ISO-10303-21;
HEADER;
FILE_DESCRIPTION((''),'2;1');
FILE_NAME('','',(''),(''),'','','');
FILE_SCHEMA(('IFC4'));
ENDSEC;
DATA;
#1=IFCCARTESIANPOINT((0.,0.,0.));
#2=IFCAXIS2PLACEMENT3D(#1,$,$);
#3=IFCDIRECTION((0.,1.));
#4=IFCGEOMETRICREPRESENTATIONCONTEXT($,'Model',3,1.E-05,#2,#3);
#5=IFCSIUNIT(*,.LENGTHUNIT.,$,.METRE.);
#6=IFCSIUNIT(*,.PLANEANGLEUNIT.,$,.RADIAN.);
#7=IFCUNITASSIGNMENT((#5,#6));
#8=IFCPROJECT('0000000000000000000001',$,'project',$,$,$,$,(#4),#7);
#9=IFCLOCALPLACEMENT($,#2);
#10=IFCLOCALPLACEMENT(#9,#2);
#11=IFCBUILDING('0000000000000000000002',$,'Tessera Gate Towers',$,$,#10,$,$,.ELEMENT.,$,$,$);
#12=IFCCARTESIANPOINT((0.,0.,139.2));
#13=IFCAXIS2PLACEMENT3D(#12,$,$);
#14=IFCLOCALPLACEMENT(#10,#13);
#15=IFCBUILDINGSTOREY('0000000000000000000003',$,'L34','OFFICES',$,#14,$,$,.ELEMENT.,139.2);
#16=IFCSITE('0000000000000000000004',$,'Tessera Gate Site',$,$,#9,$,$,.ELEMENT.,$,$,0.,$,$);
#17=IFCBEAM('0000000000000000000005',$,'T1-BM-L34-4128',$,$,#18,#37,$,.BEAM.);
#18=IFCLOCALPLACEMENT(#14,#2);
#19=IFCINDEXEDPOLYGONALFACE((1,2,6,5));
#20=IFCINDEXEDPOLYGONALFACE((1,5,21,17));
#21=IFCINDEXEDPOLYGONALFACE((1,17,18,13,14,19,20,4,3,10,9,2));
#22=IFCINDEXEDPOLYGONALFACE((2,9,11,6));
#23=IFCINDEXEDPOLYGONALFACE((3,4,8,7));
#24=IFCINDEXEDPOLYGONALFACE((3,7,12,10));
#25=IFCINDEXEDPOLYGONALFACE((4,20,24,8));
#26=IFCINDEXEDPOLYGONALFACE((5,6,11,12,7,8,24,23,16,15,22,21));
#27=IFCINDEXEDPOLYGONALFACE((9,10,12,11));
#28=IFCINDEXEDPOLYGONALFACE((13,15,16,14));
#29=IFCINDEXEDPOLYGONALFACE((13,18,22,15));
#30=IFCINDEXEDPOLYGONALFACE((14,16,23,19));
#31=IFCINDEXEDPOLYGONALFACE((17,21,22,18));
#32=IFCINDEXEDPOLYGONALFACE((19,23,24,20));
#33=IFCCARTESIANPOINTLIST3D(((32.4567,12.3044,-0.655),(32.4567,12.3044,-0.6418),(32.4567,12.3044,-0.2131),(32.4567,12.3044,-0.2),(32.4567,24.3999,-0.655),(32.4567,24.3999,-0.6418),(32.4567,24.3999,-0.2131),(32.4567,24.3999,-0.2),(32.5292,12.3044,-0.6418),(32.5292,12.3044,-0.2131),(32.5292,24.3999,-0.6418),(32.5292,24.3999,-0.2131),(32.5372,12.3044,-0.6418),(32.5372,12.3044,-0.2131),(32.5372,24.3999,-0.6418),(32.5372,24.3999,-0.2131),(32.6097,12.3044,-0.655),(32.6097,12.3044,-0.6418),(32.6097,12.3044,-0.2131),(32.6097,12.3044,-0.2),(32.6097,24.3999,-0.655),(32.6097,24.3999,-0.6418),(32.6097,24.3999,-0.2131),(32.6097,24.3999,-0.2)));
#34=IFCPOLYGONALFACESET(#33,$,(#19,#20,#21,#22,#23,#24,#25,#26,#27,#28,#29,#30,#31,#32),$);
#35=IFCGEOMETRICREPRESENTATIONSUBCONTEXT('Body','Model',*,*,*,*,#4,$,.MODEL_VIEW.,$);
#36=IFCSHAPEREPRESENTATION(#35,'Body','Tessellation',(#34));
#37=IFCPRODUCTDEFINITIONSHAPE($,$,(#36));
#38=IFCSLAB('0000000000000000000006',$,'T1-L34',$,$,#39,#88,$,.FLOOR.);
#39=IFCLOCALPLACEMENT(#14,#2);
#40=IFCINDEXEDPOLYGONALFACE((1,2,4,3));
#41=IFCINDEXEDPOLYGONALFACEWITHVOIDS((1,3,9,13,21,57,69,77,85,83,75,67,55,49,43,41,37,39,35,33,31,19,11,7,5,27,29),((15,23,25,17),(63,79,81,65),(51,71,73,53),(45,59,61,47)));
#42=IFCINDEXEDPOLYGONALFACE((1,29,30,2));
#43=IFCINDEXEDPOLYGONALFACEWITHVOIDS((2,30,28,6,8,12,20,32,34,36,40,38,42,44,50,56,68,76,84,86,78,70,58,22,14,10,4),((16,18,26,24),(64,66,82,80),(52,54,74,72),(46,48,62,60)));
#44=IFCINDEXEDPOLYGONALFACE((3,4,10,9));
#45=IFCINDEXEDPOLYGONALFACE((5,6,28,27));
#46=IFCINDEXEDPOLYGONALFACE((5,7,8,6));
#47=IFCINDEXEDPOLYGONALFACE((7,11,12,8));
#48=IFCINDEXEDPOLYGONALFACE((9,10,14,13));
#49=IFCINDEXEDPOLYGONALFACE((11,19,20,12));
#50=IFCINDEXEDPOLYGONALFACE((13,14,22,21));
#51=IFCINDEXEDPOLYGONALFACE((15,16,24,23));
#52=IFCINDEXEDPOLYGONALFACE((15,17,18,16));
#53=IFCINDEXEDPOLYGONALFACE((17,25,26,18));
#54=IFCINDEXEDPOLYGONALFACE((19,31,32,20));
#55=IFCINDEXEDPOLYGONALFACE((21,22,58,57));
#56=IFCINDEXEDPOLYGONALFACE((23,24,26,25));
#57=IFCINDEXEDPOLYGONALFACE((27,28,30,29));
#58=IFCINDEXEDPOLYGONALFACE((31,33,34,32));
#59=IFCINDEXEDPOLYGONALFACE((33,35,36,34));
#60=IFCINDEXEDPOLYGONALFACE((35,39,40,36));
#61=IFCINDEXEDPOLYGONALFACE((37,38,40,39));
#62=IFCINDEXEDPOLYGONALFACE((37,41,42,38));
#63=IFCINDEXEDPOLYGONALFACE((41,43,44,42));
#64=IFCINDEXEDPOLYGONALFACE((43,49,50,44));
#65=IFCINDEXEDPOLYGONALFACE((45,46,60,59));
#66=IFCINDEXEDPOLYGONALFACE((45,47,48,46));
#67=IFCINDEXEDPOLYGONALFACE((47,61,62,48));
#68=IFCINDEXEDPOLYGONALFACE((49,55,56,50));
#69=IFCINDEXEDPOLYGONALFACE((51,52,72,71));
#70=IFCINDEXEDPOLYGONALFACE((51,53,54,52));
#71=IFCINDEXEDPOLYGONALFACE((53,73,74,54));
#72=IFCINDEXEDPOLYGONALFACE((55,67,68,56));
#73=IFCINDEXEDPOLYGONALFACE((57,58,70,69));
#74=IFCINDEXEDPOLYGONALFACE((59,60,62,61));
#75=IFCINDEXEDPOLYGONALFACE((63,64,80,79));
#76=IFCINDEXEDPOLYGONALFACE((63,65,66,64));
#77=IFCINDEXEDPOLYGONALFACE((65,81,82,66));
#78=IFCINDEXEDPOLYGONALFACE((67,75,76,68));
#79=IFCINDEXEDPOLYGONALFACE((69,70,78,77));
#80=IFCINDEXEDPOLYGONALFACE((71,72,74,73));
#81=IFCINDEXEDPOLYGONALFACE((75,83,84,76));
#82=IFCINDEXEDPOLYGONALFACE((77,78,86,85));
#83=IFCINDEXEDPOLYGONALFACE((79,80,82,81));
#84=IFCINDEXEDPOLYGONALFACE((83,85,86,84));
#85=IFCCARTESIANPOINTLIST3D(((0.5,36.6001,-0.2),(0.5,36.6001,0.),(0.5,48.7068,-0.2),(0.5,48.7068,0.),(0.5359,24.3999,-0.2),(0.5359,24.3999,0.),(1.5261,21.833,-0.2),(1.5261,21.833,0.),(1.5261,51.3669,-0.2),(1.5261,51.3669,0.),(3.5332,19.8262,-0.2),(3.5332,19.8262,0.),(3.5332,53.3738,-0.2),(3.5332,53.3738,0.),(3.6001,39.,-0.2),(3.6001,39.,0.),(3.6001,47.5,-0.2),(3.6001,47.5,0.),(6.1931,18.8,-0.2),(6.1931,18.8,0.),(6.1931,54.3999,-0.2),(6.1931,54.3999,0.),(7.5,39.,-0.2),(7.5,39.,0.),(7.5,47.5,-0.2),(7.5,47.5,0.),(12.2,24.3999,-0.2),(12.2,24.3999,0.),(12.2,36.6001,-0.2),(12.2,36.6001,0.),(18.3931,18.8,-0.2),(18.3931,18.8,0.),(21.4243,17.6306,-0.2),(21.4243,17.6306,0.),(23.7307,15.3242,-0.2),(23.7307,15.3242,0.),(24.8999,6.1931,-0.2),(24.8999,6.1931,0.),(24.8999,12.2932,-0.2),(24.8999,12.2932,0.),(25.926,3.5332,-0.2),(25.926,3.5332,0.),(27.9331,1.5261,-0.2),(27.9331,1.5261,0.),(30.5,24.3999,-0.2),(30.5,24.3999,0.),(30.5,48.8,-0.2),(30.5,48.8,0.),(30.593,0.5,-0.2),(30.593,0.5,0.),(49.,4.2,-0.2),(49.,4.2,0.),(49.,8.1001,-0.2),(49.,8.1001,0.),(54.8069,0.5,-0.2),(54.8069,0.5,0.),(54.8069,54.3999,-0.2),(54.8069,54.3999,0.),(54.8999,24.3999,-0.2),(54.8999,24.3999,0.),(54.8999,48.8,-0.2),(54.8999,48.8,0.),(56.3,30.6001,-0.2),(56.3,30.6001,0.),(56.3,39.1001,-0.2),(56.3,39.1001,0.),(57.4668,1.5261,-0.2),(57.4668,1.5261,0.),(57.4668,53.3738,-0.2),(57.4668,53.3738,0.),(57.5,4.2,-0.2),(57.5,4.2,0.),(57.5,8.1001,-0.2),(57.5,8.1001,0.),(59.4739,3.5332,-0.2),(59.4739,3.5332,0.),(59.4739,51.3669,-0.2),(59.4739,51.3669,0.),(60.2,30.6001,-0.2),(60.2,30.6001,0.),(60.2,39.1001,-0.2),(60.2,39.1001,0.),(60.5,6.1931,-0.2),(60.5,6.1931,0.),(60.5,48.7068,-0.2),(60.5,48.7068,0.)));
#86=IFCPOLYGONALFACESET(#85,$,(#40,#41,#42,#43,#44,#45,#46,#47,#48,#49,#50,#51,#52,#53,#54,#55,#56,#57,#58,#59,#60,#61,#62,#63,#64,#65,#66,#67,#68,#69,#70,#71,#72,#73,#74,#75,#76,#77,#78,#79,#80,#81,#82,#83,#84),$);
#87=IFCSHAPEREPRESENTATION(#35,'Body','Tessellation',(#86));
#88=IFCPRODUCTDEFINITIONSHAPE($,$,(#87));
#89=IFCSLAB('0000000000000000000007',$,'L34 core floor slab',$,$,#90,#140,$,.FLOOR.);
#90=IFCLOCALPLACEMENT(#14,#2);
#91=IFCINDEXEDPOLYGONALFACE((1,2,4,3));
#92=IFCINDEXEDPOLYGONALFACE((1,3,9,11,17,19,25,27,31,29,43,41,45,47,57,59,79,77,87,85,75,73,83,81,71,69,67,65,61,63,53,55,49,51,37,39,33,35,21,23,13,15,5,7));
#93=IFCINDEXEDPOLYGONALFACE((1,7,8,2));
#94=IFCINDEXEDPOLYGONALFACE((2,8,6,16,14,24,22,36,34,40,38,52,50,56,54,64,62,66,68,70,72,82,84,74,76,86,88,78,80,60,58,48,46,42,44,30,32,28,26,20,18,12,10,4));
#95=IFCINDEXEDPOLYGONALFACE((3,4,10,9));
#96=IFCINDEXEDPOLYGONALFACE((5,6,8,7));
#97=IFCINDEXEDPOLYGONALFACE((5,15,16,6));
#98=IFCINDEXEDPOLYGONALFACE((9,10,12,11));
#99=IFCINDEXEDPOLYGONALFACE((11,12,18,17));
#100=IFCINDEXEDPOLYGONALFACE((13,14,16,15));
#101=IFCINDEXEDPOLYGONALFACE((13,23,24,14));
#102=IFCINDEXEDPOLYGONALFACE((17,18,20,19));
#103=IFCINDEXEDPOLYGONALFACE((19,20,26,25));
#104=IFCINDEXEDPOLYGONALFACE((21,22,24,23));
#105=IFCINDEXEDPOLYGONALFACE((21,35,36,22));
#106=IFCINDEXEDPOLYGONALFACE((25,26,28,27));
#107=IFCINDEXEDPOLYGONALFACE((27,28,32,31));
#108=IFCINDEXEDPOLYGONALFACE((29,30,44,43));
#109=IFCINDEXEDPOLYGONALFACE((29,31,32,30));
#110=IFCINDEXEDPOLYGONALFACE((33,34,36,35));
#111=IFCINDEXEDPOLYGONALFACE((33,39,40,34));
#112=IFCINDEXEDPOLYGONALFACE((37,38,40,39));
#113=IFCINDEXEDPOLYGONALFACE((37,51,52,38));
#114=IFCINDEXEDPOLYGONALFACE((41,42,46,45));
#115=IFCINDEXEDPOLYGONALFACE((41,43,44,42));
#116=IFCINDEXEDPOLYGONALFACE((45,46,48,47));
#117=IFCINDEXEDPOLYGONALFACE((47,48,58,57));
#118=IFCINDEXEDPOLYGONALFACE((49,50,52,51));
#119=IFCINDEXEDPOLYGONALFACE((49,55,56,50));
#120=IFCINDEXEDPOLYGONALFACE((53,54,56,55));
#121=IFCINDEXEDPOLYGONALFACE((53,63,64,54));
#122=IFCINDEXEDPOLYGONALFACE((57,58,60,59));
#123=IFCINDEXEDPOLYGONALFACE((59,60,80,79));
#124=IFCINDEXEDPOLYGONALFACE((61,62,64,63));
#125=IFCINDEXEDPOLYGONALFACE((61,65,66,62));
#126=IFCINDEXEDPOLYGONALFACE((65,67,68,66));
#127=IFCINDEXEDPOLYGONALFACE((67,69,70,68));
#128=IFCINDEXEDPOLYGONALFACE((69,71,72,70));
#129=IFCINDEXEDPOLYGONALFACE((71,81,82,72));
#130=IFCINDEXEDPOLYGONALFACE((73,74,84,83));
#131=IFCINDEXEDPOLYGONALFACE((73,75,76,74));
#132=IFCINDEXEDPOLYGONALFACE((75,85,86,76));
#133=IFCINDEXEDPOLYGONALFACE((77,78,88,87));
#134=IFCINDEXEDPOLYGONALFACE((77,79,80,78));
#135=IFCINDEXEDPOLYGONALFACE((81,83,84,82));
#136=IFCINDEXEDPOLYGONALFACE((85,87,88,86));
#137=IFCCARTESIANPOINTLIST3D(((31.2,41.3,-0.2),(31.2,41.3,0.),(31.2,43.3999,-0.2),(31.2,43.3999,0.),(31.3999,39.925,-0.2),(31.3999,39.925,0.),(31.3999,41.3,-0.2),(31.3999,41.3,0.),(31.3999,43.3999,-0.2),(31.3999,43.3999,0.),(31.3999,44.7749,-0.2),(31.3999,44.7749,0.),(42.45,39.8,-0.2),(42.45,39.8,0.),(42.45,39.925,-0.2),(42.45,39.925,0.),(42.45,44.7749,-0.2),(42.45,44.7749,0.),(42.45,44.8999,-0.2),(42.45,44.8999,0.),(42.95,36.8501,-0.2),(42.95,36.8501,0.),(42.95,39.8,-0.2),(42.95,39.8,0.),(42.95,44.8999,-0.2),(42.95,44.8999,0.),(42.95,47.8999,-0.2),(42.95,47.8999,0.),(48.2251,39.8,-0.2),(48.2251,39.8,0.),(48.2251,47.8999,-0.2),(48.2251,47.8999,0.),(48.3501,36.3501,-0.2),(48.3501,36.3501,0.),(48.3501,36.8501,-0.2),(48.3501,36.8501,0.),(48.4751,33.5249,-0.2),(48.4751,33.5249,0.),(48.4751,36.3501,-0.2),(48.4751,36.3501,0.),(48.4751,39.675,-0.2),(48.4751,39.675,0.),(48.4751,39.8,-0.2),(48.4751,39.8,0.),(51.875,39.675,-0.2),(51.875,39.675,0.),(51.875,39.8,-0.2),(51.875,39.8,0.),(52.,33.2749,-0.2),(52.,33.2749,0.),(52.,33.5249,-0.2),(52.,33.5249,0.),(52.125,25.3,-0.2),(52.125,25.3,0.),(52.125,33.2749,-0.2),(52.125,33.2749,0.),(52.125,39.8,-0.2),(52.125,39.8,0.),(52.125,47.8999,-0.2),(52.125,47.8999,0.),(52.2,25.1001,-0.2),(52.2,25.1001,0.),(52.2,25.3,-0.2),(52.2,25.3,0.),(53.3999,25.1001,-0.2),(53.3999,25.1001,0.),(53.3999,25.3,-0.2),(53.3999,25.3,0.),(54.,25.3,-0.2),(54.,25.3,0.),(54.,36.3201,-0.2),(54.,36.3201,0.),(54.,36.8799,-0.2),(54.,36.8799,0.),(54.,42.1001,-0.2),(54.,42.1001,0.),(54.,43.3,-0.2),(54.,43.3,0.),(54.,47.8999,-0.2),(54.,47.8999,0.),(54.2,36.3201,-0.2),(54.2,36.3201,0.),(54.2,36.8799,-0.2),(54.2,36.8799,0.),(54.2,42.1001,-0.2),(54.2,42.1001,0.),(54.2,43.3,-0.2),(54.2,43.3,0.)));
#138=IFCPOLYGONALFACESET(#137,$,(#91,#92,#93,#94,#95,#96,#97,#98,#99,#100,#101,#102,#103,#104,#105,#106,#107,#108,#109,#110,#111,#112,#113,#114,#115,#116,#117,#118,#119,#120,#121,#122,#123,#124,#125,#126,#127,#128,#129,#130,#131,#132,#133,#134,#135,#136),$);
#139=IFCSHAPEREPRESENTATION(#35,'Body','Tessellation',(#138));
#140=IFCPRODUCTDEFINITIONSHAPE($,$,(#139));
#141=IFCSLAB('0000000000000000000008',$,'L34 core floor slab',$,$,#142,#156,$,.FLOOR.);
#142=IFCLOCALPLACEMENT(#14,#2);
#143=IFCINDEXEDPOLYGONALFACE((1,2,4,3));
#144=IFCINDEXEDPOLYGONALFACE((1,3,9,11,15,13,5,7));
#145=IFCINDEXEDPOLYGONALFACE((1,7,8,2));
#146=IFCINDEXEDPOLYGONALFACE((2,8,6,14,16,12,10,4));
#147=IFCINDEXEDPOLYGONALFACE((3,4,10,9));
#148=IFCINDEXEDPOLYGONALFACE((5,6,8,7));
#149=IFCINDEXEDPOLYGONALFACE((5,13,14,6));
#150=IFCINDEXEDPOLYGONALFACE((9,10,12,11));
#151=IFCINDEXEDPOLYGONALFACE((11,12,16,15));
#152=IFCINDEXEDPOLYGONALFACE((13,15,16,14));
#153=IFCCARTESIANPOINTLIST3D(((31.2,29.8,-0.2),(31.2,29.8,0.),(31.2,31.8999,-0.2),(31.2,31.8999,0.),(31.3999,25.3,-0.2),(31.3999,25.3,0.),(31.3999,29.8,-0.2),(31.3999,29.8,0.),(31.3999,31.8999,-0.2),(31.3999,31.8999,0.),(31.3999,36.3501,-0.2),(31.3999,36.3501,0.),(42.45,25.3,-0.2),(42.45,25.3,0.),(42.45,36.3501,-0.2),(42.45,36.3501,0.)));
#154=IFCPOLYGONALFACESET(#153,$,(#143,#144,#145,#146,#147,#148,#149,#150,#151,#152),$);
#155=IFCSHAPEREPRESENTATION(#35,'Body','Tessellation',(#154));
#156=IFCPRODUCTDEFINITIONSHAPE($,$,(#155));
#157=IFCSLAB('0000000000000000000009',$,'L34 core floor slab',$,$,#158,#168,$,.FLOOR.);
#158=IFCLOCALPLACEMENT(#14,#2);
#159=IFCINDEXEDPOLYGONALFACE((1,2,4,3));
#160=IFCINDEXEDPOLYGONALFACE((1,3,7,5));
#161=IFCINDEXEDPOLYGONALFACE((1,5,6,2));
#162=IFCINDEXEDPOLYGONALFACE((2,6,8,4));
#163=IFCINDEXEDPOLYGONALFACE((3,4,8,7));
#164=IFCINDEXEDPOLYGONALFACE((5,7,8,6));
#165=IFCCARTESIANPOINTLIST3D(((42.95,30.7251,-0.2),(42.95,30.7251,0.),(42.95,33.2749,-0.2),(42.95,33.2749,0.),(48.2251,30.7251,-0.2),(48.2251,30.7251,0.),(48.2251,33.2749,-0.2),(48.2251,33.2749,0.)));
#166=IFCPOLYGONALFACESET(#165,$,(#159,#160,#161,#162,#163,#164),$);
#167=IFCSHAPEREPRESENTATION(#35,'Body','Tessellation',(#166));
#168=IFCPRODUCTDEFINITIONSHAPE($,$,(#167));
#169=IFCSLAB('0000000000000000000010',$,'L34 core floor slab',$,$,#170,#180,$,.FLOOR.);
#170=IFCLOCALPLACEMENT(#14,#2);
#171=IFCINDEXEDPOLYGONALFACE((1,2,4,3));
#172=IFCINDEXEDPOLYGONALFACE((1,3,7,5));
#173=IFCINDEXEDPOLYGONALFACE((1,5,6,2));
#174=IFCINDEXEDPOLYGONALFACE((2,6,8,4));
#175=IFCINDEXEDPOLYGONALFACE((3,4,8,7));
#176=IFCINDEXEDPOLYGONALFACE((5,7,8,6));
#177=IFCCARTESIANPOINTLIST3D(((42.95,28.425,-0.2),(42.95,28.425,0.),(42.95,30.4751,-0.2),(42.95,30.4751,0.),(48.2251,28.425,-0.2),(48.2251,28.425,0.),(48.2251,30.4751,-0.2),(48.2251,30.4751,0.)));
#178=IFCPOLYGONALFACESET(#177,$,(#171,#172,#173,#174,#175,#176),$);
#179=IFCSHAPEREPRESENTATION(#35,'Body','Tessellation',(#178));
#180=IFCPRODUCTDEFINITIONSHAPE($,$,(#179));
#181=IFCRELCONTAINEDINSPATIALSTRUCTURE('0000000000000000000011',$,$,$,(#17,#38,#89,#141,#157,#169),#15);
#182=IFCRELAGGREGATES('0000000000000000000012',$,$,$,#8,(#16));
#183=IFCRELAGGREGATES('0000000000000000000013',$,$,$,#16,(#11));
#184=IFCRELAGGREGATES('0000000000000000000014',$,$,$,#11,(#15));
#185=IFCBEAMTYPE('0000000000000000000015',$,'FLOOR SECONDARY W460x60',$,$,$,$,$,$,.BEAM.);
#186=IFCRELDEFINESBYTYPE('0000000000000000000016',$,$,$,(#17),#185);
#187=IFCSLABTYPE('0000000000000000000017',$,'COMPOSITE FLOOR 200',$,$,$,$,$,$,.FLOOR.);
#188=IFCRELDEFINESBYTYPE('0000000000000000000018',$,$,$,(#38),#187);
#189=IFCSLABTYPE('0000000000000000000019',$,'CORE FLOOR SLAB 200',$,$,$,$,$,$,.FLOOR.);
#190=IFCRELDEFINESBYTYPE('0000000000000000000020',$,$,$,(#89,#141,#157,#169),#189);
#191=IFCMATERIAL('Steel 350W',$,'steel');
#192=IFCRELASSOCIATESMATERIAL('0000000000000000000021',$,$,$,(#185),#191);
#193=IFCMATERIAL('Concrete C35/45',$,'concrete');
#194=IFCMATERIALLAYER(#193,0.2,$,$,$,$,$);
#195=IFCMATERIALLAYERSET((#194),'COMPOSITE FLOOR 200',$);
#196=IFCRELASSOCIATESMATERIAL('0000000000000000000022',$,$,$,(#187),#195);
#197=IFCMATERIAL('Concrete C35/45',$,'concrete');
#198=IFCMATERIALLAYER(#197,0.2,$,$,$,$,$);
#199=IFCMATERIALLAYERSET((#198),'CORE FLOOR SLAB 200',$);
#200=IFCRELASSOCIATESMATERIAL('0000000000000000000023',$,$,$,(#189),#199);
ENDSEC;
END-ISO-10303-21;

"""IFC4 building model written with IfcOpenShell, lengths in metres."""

from ifc_helpers import new_model, si_unit, direction, frame, origin, origin_2d, place, context, subcontext, project, spatial, polyline, i_section, outline, extrude, material, layer, layer_set, material_profile, profile_set, type_object, element, save


model = new_model("IFC4")

# Units and contexts
model_context = context("Model", 3, precision=1e-05, world=origin(), true_north=direction((0.0, 1.0)))
body_context = subcontext(model_context, "Body", "Model", "MODEL_VIEW")
ifc_project = project(units=[si_unit("LENGTHUNIT", "METRE"), si_unit("PLANEANGLEUNIT", "RADIAN")], contexts=[model_context])

# Site, building, storey
site_placement = place(None, origin())
site = spatial("IfcSite", under=ifc_project, at=site_placement, Name="Tessera Gate Site", CompositionType="ELEMENT", RefElevation=0.0)
building_placement = place(site_placement, origin())
building = spatial("IfcBuilding", under=site, at=building_placement, Name="Tessera Gate Towers", CompositionType="ELEMENT")
storey_placement = place(building_placement, frame((0.0, 0.0, 139.2)))
storey = spatial("IfcBuildingStorey", under=building, at=storey_placement, Name="L34", Description="OFFICES", CompositionType="ELEMENT", Elevation=139.2)

# Beam
ifc_material_1 = material(Name="Steel 350W", Category="steel")
ifc_material_profile_1 = material_profile(ifc_material_1, i_section(OverallWidth=0.1531, OverallDepth=0.4551, WebThickness=0.0081, FlangeThickness=0.0132, at=origin_2d()), Name="W460x60")
ifc_profile_set_1 = profile_set([ifc_material_profile_1], Name="Steel 350W")
beam_type_1 = type_object("IfcBeamType", Name="FLOOR SECONDARY W460x60", PredefinedType="BEAM", material=ifc_profile_set_1)
beam_1_placement = place(storey_placement, frame((32.5332, 12.3044, -0.4275), z_axis=(0.0, 1.0, 0.0), x_axis=(-1.0, 0.0, 0.0)))
element("IfcBeam", 1, at=beam_1_placement, inside=storey, type_object=beam_type_1, Name="T1-BM-L34-4128", PredefinedType="BEAM", context=body_context, shape_type="SweptSolid", body=[
    extrude(i_section(OverallWidth=0.1531, OverallDepth=0.4551, WebThickness=0.0081, FlangeThickness=0.0132, at=origin_2d()), origin(), (0.0, 0.0, 1.0), 12.0955),
])

# Slabs
ifc_material_2 = material(Name="Concrete C35/45", Category="concrete")
ifc_layer_1 = layer(ifc_material_2, 0.2)
ifc_layer_set_1 = layer_set([ifc_layer_1], Name="COMPOSITE FLOOR 200")
slab_type_1 = type_object("IfcSlabType", Name="COMPOSITE FLOOR 200", PredefinedType="FLOOR", material=ifc_layer_set_1)
slab_1_placement = place(storey_placement, frame((0.0, 0.0, -0.2)))
element("IfcSlab", 2, at=slab_1_placement, inside=storey, type_object=slab_type_1, Name="T1-L34", PredefinedType="FLOOR", context=body_context, shape_type="SweptSolid", body=[
    extrude(outline(polyline([(0.5, 36.6001), (12.2, 36.6001), (12.2, 24.3999), (0.5359, 24.3999), (1.5261, 21.833), (3.5332, 19.8262), (6.1931, 18.8), (18.3931, 18.8), (21.4243, 17.6306), (23.7307, 15.3242), (24.8999, 12.2932), (24.8999, 6.1931), (25.926, 3.5332), (27.9331, 1.5261), (30.593, 0.5), (54.8069, 0.5), (57.4668, 1.5261), (59.4739, 3.5332), (60.5, 6.1931), (60.5, 48.7068), (59.4739, 51.3669), (57.4668, 53.3738), (54.8069, 54.3999), (6.1931, 54.3999), (3.5332, 53.3738), (1.5261, 51.3669), (0.5, 48.7068), (0.5, 36.6001)]), holes=[polyline([(3.6001, 39.0), (3.6001, 47.5), (7.5, 47.5), (7.5, 39.0), (3.6001, 39.0)]), polyline([(30.5, 24.3999), (30.5, 48.8), (54.8999, 48.8), (54.8999, 24.3999), (30.5, 24.3999)]), polyline([(49.0, 4.2), (49.0, 8.1001), (57.5, 8.1001), (57.5, 4.2), (49.0, 4.2)]), polyline([(56.3, 30.6001), (56.3, 39.1001), (60.2, 39.1001), (60.2, 30.6001), (56.3, 30.6001)])]), origin(), (0.0, 0.0, 1.0), 0.2),
])
ifc_material_3 = material(Name="Concrete C35/45", Category="concrete")
ifc_layer_2 = layer(ifc_material_3, 0.2)
ifc_layer_set_2 = layer_set([ifc_layer_2], Name="CORE FLOOR SLAB 200")
slab_type_2 = type_object("IfcSlabType", Name="CORE FLOOR SLAB 200", PredefinedType="FLOOR", material=ifc_layer_set_2)
slab_2_placement = place(storey_placement, frame((0.0, 0.0, -0.2)))
element("IfcSlab", 3, at=slab_2_placement, inside=storey, type_object=slab_type_2, Name="L34 core floor slab", PredefinedType="FLOOR", context=body_context, shape_type="SweptSolid", body=[
    extrude(outline(polyline([(42.45, 44.8999), (42.45, 44.7749), (31.3999, 44.7749), (31.3999, 43.3999), (31.2, 43.3999), (31.2, 41.3), (31.3999, 41.3), (31.3999, 39.925), (42.45, 39.925), (42.45, 39.8), (42.95, 39.8), (42.95, 36.8501), (48.3501, 36.8501), (48.3501, 36.3501), (48.4751, 36.3501), (48.4751, 33.5249), (52.0, 33.5249), (52.0, 33.2749), (52.125, 33.2749), (52.125, 25.3), (52.2, 25.3), (52.2, 25.1001), (53.3999, 25.1001), (53.3999, 25.3), (54.0, 25.3), (54.0, 36.3201), (54.2, 36.3201), (54.2, 36.8799), (54.0, 36.8799), (54.0, 42.1001), (54.2, 42.1001), (54.2, 43.3), (54.0, 43.3), (54.0, 47.8999), (52.125, 47.8999), (52.125, 39.8), (51.875, 39.8), (51.875, 39.675), (48.4751, 39.675), (48.4751, 39.8), (48.2251, 39.8), (48.2251, 47.8999), (42.95, 47.8999), (42.95, 44.8999), (42.45, 44.8999)])), origin(), (0.0, 0.0, 1.0), 0.2),
])
slab_3_placement = place(storey_placement, frame((0.0, 0.0, -0.2)))
element("IfcSlab", 4, at=slab_3_placement, inside=storey, type_object=slab_type_2, Name="L34 core floor slab", PredefinedType="FLOOR", context=body_context, shape_type="SweptSolid", body=[
    extrude(outline(polyline([(31.3999, 36.3501), (31.3999, 31.8999), (31.2, 31.8999), (31.2, 29.8), (31.3999, 29.8), (31.3999, 25.3), (42.45, 25.3), (42.45, 36.3501), (31.3999, 36.3501)])), origin(), (0.0, 0.0, 1.0), 0.2),
])
slab_4_placement = place(storey_placement, frame((0.0, 0.0, -0.2)))
element("IfcSlab", 5, at=slab_4_placement, inside=storey, type_object=slab_type_2, Name="L34 core floor slab", PredefinedType="FLOOR", context=body_context, shape_type="SweptSolid", body=[
    extrude(outline(polyline([(42.95, 33.2749), (42.95, 30.7251), (48.2251, 30.7251), (48.2251, 33.2749), (42.95, 33.2749)])), origin(), (0.0, 0.0, 1.0), 0.2),
])
slab_5_placement = place(storey_placement, frame((0.0, 0.0, -0.2)))
element("IfcSlab", 6, at=slab_5_placement, inside=storey, type_object=slab_type_2, Name="L34 core floor slab", PredefinedType="FLOOR", context=body_context, shape_type="SweptSolid", body=[
    extrude(outline(polyline([(48.2251, 30.4751), (42.95, 30.4751), (42.95, 28.425), (48.2251, 28.425), (48.2251, 30.4751)])), origin(), (0.0, 0.0, 1.0), 0.2),
])

save(model, "model.ifc")
